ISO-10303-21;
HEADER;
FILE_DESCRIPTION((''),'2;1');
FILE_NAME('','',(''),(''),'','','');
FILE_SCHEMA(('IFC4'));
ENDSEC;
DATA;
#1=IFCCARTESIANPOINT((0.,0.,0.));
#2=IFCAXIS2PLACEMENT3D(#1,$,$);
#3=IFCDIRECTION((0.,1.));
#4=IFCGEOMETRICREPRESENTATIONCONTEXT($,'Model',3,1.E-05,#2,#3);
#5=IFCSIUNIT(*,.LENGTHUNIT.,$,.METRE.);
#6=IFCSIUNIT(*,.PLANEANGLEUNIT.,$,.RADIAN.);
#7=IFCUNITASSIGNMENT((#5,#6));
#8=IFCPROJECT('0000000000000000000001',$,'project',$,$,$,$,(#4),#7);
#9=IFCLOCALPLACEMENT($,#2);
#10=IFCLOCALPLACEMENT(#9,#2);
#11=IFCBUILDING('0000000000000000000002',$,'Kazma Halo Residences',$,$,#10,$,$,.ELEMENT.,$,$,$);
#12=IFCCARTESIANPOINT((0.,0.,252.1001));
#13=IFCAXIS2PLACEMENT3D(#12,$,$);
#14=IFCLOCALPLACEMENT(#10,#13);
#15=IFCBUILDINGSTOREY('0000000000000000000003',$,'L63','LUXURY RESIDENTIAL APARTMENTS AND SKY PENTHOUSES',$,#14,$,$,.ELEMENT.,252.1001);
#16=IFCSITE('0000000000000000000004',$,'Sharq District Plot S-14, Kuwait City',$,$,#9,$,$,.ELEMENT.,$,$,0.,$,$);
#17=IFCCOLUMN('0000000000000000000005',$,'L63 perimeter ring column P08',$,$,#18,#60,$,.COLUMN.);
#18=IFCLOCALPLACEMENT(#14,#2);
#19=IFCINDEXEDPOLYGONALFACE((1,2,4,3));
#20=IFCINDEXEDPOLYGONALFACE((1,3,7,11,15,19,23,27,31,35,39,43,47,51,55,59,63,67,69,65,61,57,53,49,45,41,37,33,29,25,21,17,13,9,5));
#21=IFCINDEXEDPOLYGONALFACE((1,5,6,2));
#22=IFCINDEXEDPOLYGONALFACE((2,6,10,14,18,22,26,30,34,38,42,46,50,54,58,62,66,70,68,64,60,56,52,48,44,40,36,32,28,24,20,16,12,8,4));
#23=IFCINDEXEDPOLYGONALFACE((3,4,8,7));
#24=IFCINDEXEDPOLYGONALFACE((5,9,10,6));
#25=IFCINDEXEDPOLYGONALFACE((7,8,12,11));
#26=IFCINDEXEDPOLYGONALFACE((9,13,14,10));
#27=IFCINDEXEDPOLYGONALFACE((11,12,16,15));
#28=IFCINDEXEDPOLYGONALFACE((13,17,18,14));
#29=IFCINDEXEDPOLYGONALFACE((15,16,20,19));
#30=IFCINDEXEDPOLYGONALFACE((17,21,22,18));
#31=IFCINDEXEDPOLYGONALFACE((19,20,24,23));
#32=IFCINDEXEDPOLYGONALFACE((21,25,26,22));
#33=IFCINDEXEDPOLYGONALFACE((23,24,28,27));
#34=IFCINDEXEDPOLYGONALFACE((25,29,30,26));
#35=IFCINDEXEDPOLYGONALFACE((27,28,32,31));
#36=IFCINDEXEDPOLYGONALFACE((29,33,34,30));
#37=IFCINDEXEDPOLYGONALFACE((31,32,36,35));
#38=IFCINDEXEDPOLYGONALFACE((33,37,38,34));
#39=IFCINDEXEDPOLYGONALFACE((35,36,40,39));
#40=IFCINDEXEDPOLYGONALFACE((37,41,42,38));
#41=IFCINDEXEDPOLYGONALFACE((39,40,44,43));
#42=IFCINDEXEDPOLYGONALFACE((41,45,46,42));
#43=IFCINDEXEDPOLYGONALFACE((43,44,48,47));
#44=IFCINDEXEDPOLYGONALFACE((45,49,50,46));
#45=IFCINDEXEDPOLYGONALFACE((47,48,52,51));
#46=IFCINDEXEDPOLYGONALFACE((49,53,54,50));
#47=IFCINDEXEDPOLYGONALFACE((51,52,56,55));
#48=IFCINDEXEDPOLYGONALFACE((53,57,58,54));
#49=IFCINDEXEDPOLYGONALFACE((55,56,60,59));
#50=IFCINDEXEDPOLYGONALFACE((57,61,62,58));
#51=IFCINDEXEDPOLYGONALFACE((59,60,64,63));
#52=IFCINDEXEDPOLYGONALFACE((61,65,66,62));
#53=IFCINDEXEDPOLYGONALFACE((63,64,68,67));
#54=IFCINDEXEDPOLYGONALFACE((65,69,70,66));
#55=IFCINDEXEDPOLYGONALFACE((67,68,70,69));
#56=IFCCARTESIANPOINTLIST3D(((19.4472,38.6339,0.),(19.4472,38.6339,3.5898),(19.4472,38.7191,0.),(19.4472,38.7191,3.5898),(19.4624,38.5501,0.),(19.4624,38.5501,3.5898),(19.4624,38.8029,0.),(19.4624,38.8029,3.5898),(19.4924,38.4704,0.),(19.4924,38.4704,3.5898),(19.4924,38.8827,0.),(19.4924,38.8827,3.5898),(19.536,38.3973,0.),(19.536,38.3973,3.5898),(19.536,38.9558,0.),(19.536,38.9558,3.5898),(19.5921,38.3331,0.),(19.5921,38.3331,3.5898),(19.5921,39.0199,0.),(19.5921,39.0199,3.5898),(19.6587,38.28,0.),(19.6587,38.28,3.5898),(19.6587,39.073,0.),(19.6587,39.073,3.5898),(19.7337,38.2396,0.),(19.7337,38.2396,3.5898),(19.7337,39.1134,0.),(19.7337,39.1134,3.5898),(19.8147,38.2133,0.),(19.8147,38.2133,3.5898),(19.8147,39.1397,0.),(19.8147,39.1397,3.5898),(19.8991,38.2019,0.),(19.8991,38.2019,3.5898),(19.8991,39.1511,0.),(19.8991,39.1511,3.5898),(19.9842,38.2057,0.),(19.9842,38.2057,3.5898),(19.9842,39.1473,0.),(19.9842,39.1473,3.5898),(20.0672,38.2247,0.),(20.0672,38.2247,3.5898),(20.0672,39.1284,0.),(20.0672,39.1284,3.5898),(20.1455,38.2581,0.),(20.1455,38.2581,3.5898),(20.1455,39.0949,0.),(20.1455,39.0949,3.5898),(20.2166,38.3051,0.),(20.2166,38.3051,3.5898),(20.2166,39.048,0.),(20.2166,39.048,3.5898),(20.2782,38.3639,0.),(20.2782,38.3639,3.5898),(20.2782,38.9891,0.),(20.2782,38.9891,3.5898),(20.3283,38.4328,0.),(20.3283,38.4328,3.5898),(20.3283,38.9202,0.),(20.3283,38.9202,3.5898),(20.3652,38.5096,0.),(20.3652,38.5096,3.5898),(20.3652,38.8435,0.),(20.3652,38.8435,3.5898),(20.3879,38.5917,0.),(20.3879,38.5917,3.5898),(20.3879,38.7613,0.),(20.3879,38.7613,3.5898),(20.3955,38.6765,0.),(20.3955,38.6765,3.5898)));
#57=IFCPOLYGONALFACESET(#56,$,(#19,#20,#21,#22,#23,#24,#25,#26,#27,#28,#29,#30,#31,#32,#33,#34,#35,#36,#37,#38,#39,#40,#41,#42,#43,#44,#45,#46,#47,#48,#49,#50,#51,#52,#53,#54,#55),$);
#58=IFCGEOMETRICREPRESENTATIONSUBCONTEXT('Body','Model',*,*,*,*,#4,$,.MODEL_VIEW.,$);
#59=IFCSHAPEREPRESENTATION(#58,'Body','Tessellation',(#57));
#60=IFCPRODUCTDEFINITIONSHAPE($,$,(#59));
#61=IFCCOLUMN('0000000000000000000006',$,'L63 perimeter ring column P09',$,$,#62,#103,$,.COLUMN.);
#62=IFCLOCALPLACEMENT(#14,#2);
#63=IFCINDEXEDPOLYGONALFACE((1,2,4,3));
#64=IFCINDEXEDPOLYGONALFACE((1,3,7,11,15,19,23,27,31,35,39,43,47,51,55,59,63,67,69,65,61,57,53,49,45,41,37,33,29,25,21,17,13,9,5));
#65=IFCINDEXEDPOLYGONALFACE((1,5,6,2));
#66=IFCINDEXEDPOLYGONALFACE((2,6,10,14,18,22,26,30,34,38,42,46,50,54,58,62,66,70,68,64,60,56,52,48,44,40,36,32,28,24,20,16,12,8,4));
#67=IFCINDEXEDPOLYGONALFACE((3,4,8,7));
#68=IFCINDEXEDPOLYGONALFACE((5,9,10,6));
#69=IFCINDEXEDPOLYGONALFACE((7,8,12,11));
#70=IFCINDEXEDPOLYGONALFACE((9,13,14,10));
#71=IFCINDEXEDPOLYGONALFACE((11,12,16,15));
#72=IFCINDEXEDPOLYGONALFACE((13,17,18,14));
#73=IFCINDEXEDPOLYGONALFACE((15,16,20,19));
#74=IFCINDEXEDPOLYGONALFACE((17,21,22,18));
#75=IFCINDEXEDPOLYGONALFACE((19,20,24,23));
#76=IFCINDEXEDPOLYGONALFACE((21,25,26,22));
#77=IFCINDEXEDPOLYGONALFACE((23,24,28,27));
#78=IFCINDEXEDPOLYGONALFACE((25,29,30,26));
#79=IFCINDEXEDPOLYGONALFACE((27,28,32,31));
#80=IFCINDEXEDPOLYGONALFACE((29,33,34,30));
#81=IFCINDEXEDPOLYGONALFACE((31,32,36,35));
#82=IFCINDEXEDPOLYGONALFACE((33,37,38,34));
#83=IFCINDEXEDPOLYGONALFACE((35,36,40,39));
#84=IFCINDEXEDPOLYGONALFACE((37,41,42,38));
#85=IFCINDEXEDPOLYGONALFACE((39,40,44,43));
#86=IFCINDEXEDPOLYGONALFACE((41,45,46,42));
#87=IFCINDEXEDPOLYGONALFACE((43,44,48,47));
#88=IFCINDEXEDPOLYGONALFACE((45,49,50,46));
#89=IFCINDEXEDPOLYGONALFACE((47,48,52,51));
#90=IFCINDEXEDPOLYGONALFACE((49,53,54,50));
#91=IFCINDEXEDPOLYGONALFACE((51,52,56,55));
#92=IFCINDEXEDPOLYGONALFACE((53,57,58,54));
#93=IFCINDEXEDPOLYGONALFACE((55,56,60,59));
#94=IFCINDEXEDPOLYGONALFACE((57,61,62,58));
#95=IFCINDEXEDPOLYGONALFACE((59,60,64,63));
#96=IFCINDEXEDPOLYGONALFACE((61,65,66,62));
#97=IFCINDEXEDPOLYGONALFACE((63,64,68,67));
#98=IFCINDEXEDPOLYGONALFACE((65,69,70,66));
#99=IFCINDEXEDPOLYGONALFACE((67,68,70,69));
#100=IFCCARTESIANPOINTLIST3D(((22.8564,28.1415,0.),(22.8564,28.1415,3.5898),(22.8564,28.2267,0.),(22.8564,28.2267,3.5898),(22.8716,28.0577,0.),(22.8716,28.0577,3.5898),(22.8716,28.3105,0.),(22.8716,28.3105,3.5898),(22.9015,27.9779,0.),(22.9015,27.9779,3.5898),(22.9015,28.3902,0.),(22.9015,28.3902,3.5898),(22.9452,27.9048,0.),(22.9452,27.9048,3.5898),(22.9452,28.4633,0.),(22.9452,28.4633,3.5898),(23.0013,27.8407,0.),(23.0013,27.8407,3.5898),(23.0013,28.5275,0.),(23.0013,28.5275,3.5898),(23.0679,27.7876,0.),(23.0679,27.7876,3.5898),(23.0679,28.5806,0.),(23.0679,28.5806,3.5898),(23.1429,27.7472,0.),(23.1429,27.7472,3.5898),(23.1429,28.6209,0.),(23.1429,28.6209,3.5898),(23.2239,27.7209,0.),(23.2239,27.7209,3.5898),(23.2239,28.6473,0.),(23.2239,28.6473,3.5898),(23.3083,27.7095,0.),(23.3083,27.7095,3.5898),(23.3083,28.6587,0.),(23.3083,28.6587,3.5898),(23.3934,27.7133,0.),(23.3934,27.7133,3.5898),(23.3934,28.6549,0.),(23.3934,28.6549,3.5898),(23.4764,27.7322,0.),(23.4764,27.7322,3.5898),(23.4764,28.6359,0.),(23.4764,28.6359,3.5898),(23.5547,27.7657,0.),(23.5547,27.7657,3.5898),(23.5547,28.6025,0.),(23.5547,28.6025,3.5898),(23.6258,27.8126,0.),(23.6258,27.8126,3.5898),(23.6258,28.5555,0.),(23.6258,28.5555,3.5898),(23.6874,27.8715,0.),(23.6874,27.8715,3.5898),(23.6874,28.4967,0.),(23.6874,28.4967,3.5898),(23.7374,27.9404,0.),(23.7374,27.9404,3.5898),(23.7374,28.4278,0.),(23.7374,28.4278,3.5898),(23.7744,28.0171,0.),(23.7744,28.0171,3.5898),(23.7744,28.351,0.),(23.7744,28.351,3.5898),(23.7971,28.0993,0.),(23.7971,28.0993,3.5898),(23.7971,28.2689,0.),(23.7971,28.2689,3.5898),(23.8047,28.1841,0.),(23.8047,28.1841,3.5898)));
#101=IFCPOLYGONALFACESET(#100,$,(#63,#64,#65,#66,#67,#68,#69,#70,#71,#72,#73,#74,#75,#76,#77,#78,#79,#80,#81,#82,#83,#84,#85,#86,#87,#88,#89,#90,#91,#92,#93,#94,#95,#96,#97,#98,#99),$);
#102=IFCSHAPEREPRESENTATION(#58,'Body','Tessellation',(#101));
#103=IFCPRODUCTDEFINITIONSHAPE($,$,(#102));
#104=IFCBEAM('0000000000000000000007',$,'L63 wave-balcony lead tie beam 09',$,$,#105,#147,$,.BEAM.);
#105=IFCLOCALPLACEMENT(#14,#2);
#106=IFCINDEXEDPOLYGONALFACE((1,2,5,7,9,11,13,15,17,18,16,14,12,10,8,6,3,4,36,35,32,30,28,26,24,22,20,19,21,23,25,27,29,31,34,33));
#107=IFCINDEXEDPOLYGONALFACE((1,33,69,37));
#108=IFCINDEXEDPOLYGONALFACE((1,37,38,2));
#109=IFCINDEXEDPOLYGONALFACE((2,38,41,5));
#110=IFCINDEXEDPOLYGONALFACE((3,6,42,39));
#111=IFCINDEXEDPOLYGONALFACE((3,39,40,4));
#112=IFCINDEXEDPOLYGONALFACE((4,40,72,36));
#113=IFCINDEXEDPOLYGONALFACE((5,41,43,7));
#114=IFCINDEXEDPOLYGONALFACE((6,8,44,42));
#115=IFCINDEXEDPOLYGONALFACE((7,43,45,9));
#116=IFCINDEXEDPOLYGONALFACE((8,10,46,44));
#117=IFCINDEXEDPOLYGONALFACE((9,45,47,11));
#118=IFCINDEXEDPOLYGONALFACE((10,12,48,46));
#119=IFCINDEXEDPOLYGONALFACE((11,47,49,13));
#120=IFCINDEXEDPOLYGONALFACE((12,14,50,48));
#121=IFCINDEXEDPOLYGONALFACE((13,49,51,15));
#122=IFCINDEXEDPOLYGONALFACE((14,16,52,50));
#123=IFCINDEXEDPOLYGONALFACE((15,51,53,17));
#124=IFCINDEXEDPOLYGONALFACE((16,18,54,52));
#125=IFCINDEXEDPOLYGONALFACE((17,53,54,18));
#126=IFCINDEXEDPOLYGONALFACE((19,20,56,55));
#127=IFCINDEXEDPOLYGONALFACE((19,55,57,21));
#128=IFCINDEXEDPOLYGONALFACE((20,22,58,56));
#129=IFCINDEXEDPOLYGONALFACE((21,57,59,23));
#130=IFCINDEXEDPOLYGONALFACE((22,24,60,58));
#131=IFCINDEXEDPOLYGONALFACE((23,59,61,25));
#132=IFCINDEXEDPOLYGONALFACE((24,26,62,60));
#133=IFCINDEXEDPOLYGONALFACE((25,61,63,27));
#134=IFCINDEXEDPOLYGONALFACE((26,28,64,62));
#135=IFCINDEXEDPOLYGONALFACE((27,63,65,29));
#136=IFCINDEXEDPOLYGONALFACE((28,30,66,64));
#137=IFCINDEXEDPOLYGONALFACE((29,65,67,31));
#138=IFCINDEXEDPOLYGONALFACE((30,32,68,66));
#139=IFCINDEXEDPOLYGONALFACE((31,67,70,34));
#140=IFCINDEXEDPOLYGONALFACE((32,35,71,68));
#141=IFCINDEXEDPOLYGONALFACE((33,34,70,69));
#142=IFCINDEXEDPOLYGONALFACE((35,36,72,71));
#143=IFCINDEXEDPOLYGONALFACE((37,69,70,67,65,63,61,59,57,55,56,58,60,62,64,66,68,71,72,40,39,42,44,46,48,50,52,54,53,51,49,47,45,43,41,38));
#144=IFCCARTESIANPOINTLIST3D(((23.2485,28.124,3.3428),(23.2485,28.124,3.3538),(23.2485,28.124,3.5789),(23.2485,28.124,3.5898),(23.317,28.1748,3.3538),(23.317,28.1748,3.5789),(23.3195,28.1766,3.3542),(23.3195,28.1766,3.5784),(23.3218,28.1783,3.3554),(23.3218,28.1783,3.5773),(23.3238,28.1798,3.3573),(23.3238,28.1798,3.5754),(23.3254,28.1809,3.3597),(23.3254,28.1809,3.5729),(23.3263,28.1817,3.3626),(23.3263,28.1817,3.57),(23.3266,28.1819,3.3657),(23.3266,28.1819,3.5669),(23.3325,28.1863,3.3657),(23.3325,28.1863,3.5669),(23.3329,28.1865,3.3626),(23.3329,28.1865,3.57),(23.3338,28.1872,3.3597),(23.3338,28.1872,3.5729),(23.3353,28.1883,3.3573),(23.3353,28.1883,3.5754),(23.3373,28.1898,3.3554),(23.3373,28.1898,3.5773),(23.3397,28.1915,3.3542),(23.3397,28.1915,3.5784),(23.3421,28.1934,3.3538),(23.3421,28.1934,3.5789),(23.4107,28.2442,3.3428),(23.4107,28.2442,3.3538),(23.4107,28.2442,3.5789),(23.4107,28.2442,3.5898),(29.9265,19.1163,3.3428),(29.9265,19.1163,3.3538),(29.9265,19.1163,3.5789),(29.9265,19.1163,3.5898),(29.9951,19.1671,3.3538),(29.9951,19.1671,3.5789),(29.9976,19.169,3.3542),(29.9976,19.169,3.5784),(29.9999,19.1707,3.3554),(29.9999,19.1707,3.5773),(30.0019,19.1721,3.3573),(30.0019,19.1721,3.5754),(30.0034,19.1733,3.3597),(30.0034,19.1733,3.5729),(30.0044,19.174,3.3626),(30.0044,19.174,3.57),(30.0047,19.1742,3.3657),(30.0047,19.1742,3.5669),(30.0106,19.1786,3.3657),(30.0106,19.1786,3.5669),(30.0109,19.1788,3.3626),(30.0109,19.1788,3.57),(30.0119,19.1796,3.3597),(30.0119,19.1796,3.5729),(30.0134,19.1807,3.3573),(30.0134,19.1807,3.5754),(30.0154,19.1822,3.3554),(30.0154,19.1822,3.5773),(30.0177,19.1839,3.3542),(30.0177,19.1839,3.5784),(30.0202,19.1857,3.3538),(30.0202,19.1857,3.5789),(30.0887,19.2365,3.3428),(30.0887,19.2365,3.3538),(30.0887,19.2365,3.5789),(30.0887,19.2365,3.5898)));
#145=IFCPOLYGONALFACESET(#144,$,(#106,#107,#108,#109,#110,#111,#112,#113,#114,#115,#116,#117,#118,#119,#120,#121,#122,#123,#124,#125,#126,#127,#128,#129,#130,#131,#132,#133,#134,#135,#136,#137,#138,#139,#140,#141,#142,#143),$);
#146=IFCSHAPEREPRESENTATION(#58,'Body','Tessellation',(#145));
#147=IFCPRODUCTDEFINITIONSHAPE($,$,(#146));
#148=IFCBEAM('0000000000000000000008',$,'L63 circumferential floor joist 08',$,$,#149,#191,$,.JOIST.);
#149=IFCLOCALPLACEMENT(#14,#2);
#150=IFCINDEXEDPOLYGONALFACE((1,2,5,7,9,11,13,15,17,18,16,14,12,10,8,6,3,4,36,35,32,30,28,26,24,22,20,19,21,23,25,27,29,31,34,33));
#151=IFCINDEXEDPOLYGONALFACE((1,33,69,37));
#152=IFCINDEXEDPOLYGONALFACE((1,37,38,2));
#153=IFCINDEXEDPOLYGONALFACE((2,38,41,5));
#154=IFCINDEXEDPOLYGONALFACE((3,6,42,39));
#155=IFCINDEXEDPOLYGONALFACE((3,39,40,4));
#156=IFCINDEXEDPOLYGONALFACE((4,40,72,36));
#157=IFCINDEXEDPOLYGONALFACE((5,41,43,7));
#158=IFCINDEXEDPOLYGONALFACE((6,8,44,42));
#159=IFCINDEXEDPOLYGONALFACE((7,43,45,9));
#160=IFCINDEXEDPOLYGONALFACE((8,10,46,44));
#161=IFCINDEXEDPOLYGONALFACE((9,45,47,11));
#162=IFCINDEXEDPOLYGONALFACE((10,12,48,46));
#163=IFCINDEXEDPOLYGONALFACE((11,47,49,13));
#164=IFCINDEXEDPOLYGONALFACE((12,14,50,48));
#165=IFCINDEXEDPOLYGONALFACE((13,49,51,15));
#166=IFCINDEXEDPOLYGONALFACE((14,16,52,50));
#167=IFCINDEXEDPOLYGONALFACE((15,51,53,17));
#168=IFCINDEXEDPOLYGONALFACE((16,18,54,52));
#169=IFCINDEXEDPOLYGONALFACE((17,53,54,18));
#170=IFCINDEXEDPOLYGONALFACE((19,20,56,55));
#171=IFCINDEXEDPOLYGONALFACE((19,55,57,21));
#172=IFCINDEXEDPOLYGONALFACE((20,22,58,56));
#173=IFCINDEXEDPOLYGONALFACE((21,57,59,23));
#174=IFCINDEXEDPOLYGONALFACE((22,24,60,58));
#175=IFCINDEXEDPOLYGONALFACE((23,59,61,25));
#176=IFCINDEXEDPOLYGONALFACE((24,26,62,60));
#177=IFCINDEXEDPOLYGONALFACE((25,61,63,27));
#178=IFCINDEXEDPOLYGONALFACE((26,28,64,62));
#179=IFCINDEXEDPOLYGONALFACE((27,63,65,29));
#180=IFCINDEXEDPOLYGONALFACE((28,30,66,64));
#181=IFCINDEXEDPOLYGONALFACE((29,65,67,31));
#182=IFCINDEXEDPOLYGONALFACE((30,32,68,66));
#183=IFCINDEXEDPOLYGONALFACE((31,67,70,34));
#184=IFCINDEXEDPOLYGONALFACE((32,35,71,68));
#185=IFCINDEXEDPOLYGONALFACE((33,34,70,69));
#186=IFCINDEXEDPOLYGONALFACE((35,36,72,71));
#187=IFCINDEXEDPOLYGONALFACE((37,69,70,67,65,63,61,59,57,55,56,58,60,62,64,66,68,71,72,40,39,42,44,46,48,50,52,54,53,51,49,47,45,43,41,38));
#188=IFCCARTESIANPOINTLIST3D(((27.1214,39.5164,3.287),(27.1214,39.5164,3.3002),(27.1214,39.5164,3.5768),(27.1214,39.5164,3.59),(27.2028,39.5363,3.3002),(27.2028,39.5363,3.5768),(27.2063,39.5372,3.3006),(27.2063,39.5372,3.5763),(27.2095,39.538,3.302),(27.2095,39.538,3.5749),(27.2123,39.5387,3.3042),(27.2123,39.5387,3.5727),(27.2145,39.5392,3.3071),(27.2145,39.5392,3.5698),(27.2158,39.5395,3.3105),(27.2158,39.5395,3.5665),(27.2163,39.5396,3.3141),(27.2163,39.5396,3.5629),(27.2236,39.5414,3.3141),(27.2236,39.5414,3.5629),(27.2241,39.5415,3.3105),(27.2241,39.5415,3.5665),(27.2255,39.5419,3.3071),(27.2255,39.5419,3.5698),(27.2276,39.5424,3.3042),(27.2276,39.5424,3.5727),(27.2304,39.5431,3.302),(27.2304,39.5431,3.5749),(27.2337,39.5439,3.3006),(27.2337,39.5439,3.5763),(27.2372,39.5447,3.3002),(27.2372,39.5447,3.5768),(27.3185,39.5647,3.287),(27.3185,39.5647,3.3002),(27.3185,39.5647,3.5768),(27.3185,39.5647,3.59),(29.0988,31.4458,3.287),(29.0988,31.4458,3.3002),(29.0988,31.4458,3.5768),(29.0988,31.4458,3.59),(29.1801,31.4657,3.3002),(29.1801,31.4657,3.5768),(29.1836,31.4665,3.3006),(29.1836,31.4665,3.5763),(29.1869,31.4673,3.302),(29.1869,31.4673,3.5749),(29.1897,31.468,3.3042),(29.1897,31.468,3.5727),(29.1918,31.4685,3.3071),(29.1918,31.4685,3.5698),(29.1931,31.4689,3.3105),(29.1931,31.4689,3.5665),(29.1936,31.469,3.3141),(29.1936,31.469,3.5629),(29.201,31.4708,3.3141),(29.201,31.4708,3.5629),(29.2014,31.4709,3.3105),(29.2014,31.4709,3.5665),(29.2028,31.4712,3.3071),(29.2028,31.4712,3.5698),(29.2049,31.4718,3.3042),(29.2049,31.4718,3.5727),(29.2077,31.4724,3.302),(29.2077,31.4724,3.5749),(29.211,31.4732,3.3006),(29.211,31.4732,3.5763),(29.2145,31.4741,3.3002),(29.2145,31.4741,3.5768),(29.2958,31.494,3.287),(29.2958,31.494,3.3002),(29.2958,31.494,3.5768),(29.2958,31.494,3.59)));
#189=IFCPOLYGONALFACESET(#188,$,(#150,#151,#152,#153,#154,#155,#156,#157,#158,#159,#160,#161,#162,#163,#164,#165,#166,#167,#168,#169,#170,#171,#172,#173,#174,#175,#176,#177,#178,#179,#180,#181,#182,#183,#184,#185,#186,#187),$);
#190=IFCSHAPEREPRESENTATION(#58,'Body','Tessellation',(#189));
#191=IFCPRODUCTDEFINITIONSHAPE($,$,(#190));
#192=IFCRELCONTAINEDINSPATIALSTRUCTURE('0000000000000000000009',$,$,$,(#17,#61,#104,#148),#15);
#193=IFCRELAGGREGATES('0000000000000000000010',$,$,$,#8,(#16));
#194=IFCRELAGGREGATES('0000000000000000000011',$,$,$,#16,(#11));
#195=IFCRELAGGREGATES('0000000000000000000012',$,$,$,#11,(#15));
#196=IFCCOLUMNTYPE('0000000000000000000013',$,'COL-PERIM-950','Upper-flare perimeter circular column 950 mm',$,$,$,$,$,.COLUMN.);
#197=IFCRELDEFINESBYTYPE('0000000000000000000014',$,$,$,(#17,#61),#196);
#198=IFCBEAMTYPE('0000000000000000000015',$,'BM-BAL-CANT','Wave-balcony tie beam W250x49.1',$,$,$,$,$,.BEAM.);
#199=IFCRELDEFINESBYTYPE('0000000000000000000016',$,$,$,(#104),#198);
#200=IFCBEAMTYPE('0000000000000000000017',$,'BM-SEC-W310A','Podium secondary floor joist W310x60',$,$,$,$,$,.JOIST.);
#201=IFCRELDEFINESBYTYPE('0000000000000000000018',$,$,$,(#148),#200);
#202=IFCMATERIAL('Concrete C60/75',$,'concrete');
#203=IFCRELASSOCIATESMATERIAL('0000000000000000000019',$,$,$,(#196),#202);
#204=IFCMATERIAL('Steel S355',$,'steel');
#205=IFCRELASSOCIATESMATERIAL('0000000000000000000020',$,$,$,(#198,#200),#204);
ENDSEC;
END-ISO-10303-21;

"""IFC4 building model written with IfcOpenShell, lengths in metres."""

from ifc_helpers import new_model, si_unit, direction, frame, origin, origin_2d, place, context, subcontext, project, spatial, circle, i_section, extrude, material, material_profile, profile_set, type_object, element, save


model = new_model("IFC4")

# Units and contexts
model_context = context("Model", 3, precision=1e-05, world=origin(), true_north=direction((0.0, 1.0)))
body_context = subcontext(model_context, "Body", "Model", "MODEL_VIEW")
ifc_project = project(units=[si_unit("LENGTHUNIT", "METRE"), si_unit("PLANEANGLEUNIT", "RADIAN")], contexts=[model_context])

# Site, building, storey
site_placement = place(None, origin())
site = spatial("IfcSite", under=ifc_project, at=site_placement, Name="Sharq District Plot S-14, Kuwait City", CompositionType="ELEMENT", RefElevation=0.0)
building_placement = place(site_placement, origin())
building = spatial("IfcBuilding", under=site, at=building_placement, Name="Kazma Halo Residences", CompositionType="ELEMENT")
storey_placement = place(building_placement, frame((0.0, 0.0, 252.1001)))
storey = spatial("IfcBuildingStorey", under=building, at=storey_placement, Name="L63", Description="LUXURY RESIDENTIAL APARTMENTS AND SKY PENTHOUSES", CompositionType="ELEMENT", Elevation=252.1001)

# Columns
ifc_material_1 = material(Name="Concrete C60/75", Category="concrete")
ifc_material_profile_1 = material_profile(ifc_material_1, circle(Radius=0.4751, at=origin_2d()), Name="CIRC950")
ifc_profile_set_1 = profile_set([ifc_material_profile_1], Name="Concrete C60/75")
column_type = type_object("IfcColumnType", Name="COL-PERIM-950", Description="Upper-flare perimeter circular column 950 mm", PredefinedType="COLUMN", material=ifc_profile_set_1)
for number, where, z_axis, x_axis, name in (
    (1, (19.9204, 38.6765, 0.0), (0.0, 0.0, 1.0), (1.0, 0.0, 0.0), "L63 perimeter ring column P08"),
    (2, (23.3296, 28.1841, 0.0), (0.0, 0.0, 1.0), (1.0, 0.0, 0.0), "L63 perimeter ring column P09"),
):
    element("IfcColumn", number, at=place(storey_placement, frame(where, z_axis=z_axis, x_axis=x_axis)), inside=storey, type_object=column_type, Name=name, PredefinedType="COLUMN", context=body_context, shape_type="SweptSolid", body=[
        extrude(circle(Radius=0.4751, at=origin_2d()), origin(), (0.0, 0.0, 1.0), 3.5898),
    ])

# Beams
ifc_material_2 = material(Name="Steel S355", Category="steel")
ifc_material_profile_2 = material_profile(ifc_material_2, i_section(OverallWidth=0.2019, OverallDepth=0.2471, WebThickness=0.0073, FlangeThickness=0.011, FilletRadius=0.012, at=origin_2d()), Name="W250x49.1")
ifc_profile_set_2 = profile_set([ifc_material_profile_2], Name="Steel S355")
beam_type_1 = type_object("IfcBeamType", Name="BM-BAL-CANT", Description="Wave-balcony tie beam W250x49.1", PredefinedType="BEAM", material=ifc_profile_set_2)
beam_1_placement = place(storey_placement, frame((23.3296, 28.1841, 3.4663), z_axis=(0.595556, -0.803314, 0.0), x_axis=(0.803314, 0.595556, 0.0)))
element("IfcBeam", 3, at=beam_1_placement, inside=storey, type_object=beam_type_1, Name="L63 wave-balcony lead tie beam 09", PredefinedType="BEAM", context=body_context, shape_type="SweptSolid", body=[
    extrude(i_section(OverallWidth=0.2019, OverallDepth=0.2471, WebThickness=0.0073, FlangeThickness=0.011, FilletRadius=0.012, at=origin_2d()), origin(), (0.0, 0.0, 1.0), 11.2131),
])
ifc_material_profile_3 = material_profile(ifc_material_2, i_section(OverallWidth=0.2029, OverallDepth=0.303, WebThickness=0.0076, FlangeThickness=0.0132, FilletRadius=0.0139, at=origin_2d()), Name="W310x60")
ifc_profile_set_3 = profile_set([ifc_material_profile_3], Name="Steel S355")
beam_type_2 = type_object("IfcBeamType", Name="BM-SEC-W310A", Description="Podium secondary floor joist W310x60", PredefinedType="JOIST", material=ifc_profile_set_3)
beam_2_placement = place(storey_placement, frame((27.22, 39.5405, 3.4385), z_axis=(0.237963, -0.971274, 0.0), x_axis=(0.971274, 0.237963, 0.0)))
element("IfcBeam", 4, at=beam_2_placement, inside=storey, type_object=beam_type_2, Name="L63 circumferential floor joist 08", PredefinedType="JOIST", context=body_context, shape_type="SweptSolid", body=[
    extrude(i_section(OverallWidth=0.2029, OverallDepth=0.303, WebThickness=0.0076, FlangeThickness=0.0132, FilletRadius=0.0139, at=origin_2d()), origin(), (0.0, 0.0, 1.0), 8.3093),
])

save(model, "model.ifc")
